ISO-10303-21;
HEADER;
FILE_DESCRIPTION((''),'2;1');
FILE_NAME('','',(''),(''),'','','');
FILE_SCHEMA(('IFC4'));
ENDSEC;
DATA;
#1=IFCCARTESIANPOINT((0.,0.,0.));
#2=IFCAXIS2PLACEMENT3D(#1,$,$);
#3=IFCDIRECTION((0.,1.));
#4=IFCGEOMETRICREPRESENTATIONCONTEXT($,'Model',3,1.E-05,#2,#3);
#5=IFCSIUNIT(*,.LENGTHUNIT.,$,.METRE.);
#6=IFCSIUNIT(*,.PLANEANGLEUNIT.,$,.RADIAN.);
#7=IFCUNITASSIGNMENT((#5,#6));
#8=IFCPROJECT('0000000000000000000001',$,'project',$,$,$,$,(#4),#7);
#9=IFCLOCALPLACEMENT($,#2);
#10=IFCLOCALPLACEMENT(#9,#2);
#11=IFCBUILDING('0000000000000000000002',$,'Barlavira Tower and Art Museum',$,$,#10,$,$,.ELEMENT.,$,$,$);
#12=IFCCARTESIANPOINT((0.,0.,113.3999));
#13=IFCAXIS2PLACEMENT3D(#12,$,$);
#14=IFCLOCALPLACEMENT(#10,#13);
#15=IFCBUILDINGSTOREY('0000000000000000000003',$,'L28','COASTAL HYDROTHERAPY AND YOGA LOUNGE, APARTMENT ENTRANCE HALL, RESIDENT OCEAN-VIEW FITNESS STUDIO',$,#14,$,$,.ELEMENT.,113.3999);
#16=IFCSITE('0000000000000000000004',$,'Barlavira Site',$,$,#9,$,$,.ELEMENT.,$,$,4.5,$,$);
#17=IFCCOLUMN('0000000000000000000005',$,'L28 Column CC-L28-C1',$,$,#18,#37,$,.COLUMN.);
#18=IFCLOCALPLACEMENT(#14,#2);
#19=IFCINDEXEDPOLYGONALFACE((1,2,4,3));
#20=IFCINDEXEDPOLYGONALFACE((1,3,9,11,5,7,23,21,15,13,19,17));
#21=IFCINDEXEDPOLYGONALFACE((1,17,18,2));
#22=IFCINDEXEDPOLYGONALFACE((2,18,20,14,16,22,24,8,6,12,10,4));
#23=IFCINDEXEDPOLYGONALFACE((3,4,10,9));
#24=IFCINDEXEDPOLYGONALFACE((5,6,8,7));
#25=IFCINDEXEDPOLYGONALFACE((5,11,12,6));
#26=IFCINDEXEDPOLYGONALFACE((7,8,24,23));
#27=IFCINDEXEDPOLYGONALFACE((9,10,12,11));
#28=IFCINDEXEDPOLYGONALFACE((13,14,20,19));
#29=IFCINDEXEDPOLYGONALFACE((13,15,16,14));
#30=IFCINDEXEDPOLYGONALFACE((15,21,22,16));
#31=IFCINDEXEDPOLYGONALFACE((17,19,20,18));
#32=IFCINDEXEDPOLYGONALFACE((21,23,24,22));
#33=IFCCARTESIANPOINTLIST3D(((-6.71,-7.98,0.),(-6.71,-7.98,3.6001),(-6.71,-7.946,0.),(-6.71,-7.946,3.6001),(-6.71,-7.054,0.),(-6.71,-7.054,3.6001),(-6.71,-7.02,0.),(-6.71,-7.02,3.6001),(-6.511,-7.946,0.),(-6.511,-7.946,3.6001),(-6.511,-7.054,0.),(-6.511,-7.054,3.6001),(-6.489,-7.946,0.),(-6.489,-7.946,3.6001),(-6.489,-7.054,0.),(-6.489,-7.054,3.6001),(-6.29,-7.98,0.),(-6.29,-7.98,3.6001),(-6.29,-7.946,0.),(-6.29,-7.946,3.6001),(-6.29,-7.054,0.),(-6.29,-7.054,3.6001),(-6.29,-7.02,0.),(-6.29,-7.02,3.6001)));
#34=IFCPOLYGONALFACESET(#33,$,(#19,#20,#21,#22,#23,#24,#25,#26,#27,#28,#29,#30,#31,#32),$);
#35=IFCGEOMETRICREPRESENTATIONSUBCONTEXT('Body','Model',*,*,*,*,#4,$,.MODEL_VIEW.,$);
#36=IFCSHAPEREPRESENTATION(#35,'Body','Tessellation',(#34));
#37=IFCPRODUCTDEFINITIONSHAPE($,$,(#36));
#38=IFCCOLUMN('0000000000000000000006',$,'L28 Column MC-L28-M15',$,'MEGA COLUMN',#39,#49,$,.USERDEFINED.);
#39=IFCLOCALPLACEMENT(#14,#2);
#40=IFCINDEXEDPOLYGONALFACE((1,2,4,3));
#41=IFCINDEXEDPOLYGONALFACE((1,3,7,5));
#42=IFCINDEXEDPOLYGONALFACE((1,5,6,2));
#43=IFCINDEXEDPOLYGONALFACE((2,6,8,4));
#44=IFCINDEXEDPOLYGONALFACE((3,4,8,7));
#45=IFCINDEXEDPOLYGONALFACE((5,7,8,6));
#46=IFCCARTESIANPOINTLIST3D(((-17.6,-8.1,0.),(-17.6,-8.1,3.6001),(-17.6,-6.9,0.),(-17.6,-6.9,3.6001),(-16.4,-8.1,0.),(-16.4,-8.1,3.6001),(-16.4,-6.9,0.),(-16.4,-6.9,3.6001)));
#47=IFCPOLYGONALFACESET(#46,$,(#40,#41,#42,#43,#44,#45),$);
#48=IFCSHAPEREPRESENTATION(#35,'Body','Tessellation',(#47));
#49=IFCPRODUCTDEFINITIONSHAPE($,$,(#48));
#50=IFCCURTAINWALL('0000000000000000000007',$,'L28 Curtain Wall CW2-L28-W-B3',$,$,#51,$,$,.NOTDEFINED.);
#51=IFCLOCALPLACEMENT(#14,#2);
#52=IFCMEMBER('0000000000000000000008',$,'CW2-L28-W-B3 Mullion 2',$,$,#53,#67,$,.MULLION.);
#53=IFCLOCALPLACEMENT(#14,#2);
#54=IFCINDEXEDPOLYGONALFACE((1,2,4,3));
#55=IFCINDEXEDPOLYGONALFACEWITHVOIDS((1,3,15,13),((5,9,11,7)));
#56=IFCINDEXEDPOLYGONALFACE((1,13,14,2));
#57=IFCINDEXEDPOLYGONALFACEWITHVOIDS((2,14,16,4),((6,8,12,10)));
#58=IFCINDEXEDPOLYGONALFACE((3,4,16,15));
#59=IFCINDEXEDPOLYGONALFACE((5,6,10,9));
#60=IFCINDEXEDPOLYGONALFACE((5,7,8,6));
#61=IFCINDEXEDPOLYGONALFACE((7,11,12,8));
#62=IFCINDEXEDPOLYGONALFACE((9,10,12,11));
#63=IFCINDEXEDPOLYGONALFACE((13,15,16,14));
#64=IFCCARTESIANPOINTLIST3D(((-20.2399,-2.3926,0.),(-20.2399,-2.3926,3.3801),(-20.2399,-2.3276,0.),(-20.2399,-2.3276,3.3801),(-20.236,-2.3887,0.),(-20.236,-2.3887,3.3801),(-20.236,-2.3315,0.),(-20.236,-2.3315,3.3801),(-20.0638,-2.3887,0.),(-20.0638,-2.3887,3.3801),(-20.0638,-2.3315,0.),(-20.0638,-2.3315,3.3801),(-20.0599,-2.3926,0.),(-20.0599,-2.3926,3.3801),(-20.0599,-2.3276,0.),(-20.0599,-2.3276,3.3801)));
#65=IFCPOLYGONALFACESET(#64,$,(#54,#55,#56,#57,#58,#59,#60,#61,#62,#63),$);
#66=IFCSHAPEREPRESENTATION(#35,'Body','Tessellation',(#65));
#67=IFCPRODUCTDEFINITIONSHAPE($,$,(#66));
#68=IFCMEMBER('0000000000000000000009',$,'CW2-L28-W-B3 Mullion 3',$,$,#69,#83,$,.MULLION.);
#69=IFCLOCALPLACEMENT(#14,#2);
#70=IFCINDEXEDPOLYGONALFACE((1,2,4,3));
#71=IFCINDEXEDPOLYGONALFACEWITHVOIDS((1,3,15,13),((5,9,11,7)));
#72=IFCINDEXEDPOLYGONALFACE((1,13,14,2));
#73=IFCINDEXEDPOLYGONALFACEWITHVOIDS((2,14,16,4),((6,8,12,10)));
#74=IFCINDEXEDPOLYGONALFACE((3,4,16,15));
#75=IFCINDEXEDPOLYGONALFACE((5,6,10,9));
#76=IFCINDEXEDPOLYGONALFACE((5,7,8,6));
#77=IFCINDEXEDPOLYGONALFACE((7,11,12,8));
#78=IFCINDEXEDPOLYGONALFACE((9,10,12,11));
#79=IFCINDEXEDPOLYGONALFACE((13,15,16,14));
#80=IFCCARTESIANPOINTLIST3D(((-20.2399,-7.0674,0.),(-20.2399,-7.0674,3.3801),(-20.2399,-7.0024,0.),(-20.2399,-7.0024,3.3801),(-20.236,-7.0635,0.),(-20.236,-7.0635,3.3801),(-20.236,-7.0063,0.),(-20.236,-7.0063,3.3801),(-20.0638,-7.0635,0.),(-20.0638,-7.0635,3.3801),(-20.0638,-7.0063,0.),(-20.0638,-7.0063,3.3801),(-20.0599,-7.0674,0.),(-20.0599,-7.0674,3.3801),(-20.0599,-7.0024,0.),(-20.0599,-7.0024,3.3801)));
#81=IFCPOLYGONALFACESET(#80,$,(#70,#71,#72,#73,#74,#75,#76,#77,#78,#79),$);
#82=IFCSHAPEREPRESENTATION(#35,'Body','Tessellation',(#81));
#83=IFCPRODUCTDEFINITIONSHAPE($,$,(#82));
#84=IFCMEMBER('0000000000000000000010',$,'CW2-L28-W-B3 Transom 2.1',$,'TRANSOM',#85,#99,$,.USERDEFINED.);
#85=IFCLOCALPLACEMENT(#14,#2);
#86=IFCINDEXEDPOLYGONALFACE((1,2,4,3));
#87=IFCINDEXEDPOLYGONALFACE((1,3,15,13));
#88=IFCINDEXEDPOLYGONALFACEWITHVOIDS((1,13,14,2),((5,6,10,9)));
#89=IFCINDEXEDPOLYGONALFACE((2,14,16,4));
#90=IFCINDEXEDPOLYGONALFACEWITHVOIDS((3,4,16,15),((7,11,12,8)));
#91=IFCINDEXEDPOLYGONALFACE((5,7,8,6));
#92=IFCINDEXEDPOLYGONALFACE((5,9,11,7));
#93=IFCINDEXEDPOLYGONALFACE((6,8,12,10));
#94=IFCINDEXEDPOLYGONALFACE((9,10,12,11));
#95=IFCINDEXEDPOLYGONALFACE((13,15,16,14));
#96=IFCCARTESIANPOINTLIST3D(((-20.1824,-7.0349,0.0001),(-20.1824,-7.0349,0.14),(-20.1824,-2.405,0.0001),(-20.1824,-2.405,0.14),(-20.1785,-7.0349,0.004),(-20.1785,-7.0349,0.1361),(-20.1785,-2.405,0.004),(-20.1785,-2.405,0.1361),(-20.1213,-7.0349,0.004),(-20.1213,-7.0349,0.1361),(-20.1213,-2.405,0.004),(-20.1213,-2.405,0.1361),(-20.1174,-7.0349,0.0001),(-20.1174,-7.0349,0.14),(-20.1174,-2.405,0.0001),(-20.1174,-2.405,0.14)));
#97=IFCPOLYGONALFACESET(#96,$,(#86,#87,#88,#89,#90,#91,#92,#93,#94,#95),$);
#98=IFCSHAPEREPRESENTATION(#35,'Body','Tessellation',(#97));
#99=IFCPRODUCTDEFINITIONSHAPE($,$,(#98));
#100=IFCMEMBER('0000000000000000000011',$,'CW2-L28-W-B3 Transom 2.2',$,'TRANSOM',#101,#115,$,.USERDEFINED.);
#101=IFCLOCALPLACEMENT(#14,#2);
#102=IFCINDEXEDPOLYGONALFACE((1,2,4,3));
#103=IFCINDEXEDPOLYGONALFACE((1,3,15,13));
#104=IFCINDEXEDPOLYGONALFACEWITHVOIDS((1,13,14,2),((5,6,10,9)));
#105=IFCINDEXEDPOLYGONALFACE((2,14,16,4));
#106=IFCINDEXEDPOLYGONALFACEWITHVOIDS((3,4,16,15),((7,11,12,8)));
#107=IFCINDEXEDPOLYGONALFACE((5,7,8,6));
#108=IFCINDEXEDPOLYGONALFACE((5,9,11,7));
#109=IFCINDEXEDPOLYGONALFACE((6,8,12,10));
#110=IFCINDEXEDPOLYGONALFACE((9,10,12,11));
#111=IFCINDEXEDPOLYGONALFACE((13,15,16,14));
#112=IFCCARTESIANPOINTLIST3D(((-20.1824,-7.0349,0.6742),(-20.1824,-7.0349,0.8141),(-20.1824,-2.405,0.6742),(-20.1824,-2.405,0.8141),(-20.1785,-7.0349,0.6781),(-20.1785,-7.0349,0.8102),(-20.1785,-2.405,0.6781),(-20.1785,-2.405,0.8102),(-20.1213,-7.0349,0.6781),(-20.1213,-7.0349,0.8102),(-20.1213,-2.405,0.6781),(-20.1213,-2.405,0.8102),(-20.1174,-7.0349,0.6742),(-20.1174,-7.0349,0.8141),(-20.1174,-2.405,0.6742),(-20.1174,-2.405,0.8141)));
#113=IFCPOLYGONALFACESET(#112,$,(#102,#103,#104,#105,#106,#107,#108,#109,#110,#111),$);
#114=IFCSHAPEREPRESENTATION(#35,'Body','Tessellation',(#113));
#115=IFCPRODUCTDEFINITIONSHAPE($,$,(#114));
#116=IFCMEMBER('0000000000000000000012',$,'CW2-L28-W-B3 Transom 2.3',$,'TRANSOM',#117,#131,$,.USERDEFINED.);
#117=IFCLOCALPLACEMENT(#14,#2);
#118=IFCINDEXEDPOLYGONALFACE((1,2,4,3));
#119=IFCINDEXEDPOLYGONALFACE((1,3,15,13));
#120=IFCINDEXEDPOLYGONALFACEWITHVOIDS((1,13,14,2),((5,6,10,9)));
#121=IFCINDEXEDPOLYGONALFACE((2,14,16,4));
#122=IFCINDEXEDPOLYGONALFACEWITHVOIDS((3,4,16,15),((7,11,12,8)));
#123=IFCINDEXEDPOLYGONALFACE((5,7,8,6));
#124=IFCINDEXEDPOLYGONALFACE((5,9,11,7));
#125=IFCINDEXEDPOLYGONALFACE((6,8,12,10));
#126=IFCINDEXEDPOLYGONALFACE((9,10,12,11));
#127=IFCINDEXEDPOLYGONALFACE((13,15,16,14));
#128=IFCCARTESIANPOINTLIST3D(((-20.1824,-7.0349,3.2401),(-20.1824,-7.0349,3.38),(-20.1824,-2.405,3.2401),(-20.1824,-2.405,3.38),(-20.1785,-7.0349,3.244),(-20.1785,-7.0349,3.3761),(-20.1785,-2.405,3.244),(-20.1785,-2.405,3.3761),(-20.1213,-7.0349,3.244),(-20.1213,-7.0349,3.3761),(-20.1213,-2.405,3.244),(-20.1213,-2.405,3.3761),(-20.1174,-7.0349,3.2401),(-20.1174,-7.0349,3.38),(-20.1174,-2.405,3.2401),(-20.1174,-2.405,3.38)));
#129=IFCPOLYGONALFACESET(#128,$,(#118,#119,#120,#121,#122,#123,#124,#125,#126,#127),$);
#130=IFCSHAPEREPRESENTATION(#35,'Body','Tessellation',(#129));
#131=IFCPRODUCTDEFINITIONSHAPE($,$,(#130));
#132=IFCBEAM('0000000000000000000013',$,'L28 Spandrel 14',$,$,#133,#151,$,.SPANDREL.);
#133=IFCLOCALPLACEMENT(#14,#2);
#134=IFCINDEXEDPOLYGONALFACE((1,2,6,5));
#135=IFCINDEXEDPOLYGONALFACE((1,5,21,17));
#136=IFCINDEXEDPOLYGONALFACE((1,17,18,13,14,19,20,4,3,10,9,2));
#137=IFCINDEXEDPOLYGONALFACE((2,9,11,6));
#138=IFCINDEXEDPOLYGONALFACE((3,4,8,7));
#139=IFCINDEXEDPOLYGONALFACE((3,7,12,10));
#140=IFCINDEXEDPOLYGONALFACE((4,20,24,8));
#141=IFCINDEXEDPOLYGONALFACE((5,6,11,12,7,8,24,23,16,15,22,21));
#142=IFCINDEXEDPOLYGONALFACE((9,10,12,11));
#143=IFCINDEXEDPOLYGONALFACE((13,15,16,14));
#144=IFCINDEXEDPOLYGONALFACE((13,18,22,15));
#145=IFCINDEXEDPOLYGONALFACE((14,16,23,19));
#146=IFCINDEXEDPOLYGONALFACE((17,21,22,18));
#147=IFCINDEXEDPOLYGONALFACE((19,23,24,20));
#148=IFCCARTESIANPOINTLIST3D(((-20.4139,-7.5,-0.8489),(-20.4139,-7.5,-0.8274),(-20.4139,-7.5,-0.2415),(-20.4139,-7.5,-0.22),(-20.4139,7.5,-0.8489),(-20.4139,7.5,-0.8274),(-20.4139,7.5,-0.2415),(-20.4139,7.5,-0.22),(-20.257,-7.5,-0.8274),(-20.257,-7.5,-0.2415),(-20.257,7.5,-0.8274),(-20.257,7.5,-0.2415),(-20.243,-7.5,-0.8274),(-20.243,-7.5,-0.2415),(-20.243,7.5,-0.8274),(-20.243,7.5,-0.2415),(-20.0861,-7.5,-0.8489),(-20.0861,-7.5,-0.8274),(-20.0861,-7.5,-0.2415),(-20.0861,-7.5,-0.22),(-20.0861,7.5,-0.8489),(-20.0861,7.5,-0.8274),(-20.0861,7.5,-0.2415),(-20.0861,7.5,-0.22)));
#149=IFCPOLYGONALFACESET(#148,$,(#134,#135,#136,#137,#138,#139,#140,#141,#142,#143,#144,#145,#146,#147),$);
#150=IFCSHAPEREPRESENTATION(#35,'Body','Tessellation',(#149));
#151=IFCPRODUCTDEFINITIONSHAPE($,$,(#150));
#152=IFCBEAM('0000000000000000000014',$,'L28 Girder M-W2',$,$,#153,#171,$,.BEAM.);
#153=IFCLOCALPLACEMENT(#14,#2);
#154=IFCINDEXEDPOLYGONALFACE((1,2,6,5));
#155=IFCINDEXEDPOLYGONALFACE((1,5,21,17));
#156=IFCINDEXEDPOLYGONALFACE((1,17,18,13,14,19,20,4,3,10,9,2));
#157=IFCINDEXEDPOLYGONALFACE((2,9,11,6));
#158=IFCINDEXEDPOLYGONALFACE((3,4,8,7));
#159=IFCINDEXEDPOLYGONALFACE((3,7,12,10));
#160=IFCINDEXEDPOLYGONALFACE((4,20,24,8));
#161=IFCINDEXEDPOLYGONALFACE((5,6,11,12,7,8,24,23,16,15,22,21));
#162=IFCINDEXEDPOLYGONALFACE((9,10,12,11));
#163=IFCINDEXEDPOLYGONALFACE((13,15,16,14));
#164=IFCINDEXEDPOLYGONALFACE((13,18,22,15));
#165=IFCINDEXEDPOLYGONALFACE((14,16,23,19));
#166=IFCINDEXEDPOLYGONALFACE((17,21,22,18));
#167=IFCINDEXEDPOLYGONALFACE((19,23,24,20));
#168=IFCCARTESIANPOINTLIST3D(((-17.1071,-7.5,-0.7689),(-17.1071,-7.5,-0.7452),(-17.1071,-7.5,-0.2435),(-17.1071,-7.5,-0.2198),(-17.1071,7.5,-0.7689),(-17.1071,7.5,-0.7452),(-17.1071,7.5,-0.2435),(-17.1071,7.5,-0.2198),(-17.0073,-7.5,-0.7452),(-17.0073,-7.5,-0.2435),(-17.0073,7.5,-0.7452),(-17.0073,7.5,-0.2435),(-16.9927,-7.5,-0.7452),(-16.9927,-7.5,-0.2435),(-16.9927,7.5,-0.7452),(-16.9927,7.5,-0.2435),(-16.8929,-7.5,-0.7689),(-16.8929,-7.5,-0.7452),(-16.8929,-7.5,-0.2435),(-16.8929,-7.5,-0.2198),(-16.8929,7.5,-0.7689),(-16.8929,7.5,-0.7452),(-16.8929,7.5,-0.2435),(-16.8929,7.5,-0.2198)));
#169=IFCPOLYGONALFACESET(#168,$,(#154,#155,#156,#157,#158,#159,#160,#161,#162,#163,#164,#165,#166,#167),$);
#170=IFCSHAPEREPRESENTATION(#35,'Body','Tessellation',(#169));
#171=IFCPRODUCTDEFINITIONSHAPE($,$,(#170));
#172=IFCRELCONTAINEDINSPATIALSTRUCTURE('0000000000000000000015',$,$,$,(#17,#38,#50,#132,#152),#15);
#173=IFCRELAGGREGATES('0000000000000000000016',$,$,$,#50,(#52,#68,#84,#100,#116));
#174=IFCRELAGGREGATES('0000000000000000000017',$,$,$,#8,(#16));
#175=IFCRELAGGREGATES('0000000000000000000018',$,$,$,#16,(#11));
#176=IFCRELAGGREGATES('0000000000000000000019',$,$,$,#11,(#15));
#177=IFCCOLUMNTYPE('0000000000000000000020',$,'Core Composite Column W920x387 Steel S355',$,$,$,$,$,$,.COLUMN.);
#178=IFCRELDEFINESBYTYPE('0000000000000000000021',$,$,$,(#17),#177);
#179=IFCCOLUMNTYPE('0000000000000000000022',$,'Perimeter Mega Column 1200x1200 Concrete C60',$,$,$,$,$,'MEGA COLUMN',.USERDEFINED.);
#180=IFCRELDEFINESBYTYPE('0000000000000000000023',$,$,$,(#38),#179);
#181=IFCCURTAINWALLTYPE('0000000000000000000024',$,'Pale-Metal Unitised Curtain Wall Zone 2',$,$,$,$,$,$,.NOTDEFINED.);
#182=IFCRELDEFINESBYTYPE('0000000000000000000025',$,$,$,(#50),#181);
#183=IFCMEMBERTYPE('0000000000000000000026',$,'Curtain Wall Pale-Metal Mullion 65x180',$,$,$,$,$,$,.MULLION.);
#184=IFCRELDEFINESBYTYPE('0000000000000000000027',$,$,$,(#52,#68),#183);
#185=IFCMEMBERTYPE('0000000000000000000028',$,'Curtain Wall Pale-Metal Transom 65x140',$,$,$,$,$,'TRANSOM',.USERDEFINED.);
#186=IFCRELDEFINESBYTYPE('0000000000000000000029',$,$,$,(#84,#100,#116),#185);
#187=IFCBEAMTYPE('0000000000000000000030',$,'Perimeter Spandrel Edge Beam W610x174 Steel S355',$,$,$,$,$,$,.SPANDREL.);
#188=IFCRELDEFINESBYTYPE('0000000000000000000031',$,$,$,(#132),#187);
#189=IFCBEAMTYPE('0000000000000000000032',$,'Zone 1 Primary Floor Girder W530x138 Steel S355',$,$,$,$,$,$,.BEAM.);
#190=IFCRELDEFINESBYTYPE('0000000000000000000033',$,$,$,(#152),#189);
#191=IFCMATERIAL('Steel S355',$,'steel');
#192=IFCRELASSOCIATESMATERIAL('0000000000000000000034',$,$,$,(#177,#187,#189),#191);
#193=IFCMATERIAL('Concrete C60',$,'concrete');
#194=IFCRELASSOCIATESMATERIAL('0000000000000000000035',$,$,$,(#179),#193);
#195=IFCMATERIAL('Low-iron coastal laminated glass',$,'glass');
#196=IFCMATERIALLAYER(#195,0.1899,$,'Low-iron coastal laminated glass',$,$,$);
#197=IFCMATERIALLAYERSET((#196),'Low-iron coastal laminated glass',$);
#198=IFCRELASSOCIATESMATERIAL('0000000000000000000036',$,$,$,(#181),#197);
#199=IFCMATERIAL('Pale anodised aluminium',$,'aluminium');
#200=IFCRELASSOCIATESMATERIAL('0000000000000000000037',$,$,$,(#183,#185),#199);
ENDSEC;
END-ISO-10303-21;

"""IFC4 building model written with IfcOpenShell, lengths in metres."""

from ifc_helpers import new_model, si_unit, direction, frame, origin, origin_2d, place, context, subcontext, project, spatial, rectangle, hollow_rectangle, i_section, extrude, material, layer, layer_set, material_profile, profile_set, type_object, element, aggregate, save


model = new_model("IFC4")

# Units and contexts
model_context = context("Model", 3, precision=1e-05, world=origin(), true_north=direction((0.0, 1.0)))
body_context = subcontext(model_context, "Body", "Model", "MODEL_VIEW")
ifc_project = project(units=[si_unit("LENGTHUNIT", "METRE"), si_unit("PLANEANGLEUNIT", "RADIAN")], contexts=[model_context])

# Site, building, storey
site_placement = place(None, origin())
site = spatial("IfcSite", under=ifc_project, at=site_placement, Name="Barlavira Site", CompositionType="ELEMENT", RefElevation=4.5)
building_placement = place(site_placement, origin())
building = spatial("IfcBuilding", under=site, at=building_placement, Name="Barlavira Tower and Art Museum", CompositionType="ELEMENT")
storey_placement = place(building_placement, frame((0.0, 0.0, 113.3999)))
storey = spatial("IfcBuildingStorey", under=building, at=storey_placement, Name="L28", Description="COASTAL HYDROTHERAPY AND YOGA LOUNGE, APARTMENT ENTRANCE HALL, RESIDENT OCEAN-VIEW FITNESS STUDIO", CompositionType="ELEMENT", Elevation=113.3999)

# Columns
ifc_material_1 = material(Name="Steel S355", Category="steel")
ifc_material_profile_1 = material_profile(ifc_material_1, i_section(OverallWidth=0.4199, OverallDepth=0.96, WebThickness=0.022, FlangeThickness=0.0339, at=origin_2d()), Name="W920x387.0")
ifc_profile_set_1 = profile_set([ifc_material_profile_1], Name="Steel S355")
column_type_1 = type_object("IfcColumnType", Name="Core Composite Column W920x387 Steel S355", PredefinedType="COLUMN", material=ifc_profile_set_1)
column_1_placement = place(storey_placement, frame((-6.5, -7.5, 0.0), z_axis=(0.0, 0.0, 1.0), x_axis=(1.0, 0.0, 0.0)))
element("IfcColumn", 1, at=column_1_placement, inside=storey, type_object=column_type_1, Name="L28 Column CC-L28-C1", PredefinedType="COLUMN", context=body_context, shape_type="SweptSolid", body=[
    extrude(i_section(OverallWidth=0.4199, OverallDepth=0.96, WebThickness=0.022, FlangeThickness=0.0339, at=origin_2d()), origin(), (0.0, 0.0, 1.0), 3.6001),
])
ifc_material_2 = material(Name="Concrete C60", Category="concrete")
ifc_material_profile_2 = material_profile(ifc_material_2, rectangle(XDim=1.2, YDim=1.2, at=origin_2d()), Name="RC-COL 1200x1200")
ifc_profile_set_2 = profile_set([ifc_material_profile_2], Name="Concrete C60")
column_type_2 = type_object("IfcColumnType", Name="Perimeter Mega Column 1200x1200 Concrete C60", ElementType="MEGA COLUMN", PredefinedType="USERDEFINED", material=ifc_profile_set_2)
column_2_placement = place(storey_placement, frame((-17.0, -7.5, 0.0), z_axis=(0.0, 0.0, 1.0), x_axis=(1.0, 0.0, 0.0)))
element("IfcColumn", 2, at=column_2_placement, inside=storey, type_object=column_type_2, Name="L28 Column MC-L28-M15", ObjectType="MEGA COLUMN", PredefinedType="USERDEFINED", context=body_context, shape_type="SweptSolid", body=[
    extrude(rectangle(XDim=1.2, YDim=1.2, at=origin_2d()), origin(), (0.0, 0.0, 1.0), 3.6001),
])

# Curtain wall, members
ifc_material_3 = material(Name="Low-iron coastal laminated glass", Category="glass")
ifc_layer_1 = layer(ifc_material_3, 0.1899, Name="Low-iron coastal laminated glass")
ifc_layer_set_1 = layer_set([ifc_layer_1], Name="Low-iron coastal laminated glass")
curtain_wall_type = type_object("IfcCurtainWallType", Name="Pale-Metal Unitised Curtain Wall Zone 2", PredefinedType="NOTDEFINED", material=ifc_layer_set_1)
curtain_wall_placement = place(storey_placement, origin())
curtain_wall = element("IfcCurtainWall", 3, at=curtain_wall_placement, inside=storey, type_object=curtain_wall_type, Name="L28 Curtain Wall CW2-L28-W-B3", PredefinedType="NOTDEFINED")
ifc_material_4 = material(Name="Pale anodised aluminium", Category="aluminium")
ifc_material_profile_3 = material_profile(ifc_material_4, hollow_rectangle(XDim=0.0649, YDim=0.1799, WallThickness=0.0039, at=origin_2d()), Name="ALU-MULL 65x180x4")
ifc_profile_set_3 = profile_set([ifc_material_profile_3], Name="Pale anodised aluminium")
member_type_1 = type_object("IfcMemberType", Name="Curtain Wall Pale-Metal Mullion 65x180", PredefinedType="MULLION", material=ifc_profile_set_3)
member_1_placement = place(storey_placement, frame((-20.1499, -2.3601, 0.0), z_axis=(0.0, 0.0, 1.0), x_axis=(0.0, -1.0, 0.0)))
member_1 = element("IfcMember", 4, at=member_1_placement, type_object=member_type_1, Name="CW2-L28-W-B3 Mullion 2", PredefinedType="MULLION", context=body_context, shape_type="SweptSolid", body=[
    extrude(hollow_rectangle(XDim=0.0649, YDim=0.1799, WallThickness=0.0039, at=origin_2d()), origin(), (0.0, 0.0, 1.0), 3.3801),
])
member_2_placement = place(storey_placement, frame((-20.1499, -7.0349, 0.0), z_axis=(0.0, 0.0, 1.0), x_axis=(0.0, -1.0, 0.0)))
member_2 = element("IfcMember", 5, at=member_2_placement, type_object=member_type_1, Name="CW2-L28-W-B3 Mullion 3", PredefinedType="MULLION", context=body_context, shape_type="SweptSolid", body=[
    extrude(hollow_rectangle(XDim=0.0649, YDim=0.1799, WallThickness=0.0039, at=origin_2d()), origin(), (0.0, 0.0, 1.0), 3.3801),
])
ifc_material_profile_4 = material_profile(ifc_material_4, hollow_rectangle(XDim=0.0649, YDim=0.1399, WallThickness=0.0039, at=origin_2d()), Name="ALU-TRAN 65x140x4")
ifc_profile_set_4 = profile_set([ifc_material_profile_4], Name="Pale anodised aluminium")
member_type_2 = type_object("IfcMemberType", Name="Curtain Wall Pale-Metal Transom 65x140", ElementType="TRANSOM", PredefinedType="USERDEFINED", material=ifc_profile_set_4)
member_3_placement = place(storey_placement, frame((-20.1499, -2.405, 0.0701), z_axis=(0.0, -1.0, 0.0), x_axis=(1.0, 0.0, 0.0)))
member_3 = element("IfcMember", 6, at=member_3_placement, type_object=member_type_2, Name="CW2-L28-W-B3 Transom 2.1", ObjectType="TRANSOM", PredefinedType="USERDEFINED", context=body_context, shape_type="SweptSolid", body=[
    extrude(hollow_rectangle(XDim=0.0649, YDim=0.1399, WallThickness=0.0039, at=origin_2d()), origin(), (0.0, 0.0, 1.0), 4.6299),
])
member_4_placement = place(storey_placement, frame((-20.1499, -2.405, 0.7441), z_axis=(0.0, -1.0, 0.0), x_axis=(1.0, 0.0, 0.0)))
member_4 = element("IfcMember", 7, at=member_4_placement, type_object=member_type_2, Name="CW2-L28-W-B3 Transom 2.2", ObjectType="TRANSOM", PredefinedType="USERDEFINED", context=body_context, shape_type="SweptSolid", body=[
    extrude(hollow_rectangle(XDim=0.0649, YDim=0.1399, WallThickness=0.0039, at=origin_2d()), origin(), (0.0, 0.0, 1.0), 4.6299),
])
member_5_placement = place(storey_placement, frame((-20.1499, -2.405, 3.3101), z_axis=(0.0, -1.0, 0.0), x_axis=(1.0, 0.0, 0.0)))
member_5 = element("IfcMember", 8, at=member_5_placement, type_object=member_type_2, Name="CW2-L28-W-B3 Transom 2.3", ObjectType="TRANSOM", PredefinedType="USERDEFINED", context=body_context, shape_type="SweptSolid", body=[
    extrude(hollow_rectangle(XDim=0.0649, YDim=0.1399, WallThickness=0.0039, at=origin_2d()), origin(), (0.0, 0.0, 1.0), 4.6299),
])

# Beams
ifc_material_profile_5 = material_profile(ifc_material_1, i_section(OverallWidth=0.3279, OverallDepth=0.6289, WebThickness=0.0139, FlangeThickness=0.0215, at=origin_2d()), Name="W610x174.0")
ifc_profile_set_5 = profile_set([ifc_material_profile_5], Name="Steel S355")
beam_type_1 = type_object("IfcBeamType", Name="Perimeter Spandrel Edge Beam W610x174 Steel S355", PredefinedType="SPANDREL", material=ifc_profile_set_5)
beam_1_placement = place(storey_placement, frame((-20.25, -7.5, -0.5344), z_axis=(0.0, 1.0, 0.0), x_axis=(-1.0, 0.0, 0.0)))
element("IfcBeam", 9, at=beam_1_placement, inside=storey, type_object=beam_type_1, Name="L28 Spandrel 14", PredefinedType="SPANDREL", context=body_context, shape_type="SweptSolid", body=[
    extrude(i_section(OverallWidth=0.3279, OverallDepth=0.6289, WebThickness=0.0139, FlangeThickness=0.0215, at=origin_2d()), origin(), (0.0, 0.0, 1.0), 15.0),
])
ifc_material_profile_6 = material_profile(ifc_material_1, i_section(OverallWidth=0.2141, OverallDepth=0.5491, WebThickness=0.0146, FlangeThickness=0.0237, at=origin_2d()), Name="W530x138.0")
ifc_profile_set_6 = profile_set([ifc_material_profile_6], Name="Steel S355")
beam_type_2 = type_object("IfcBeamType", Name="Zone 1 Primary Floor Girder W530x138 Steel S355", PredefinedType="BEAM", material=ifc_profile_set_6)
beam_2_placement = place(storey_placement, frame((-17.0, -7.5, -0.4944), z_axis=(0.0, 1.0, 0.0), x_axis=(-1.0, 0.0, 0.0)))
element("IfcBeam", 10, at=beam_2_placement, inside=storey, type_object=beam_type_2, Name="L28 Girder M-W2", PredefinedType="BEAM", context=body_context, shape_type="SweptSolid", body=[
    extrude(i_section(OverallWidth=0.2141, OverallDepth=0.5491, WebThickness=0.0146, FlangeThickness=0.0237, at=origin_2d()), origin(), (0.0, 0.0, 1.0), 15.0),
])

aggregate(curtain_wall, [member_1, member_2, member_3, member_4, member_5])

save(model, "model.ifc")
